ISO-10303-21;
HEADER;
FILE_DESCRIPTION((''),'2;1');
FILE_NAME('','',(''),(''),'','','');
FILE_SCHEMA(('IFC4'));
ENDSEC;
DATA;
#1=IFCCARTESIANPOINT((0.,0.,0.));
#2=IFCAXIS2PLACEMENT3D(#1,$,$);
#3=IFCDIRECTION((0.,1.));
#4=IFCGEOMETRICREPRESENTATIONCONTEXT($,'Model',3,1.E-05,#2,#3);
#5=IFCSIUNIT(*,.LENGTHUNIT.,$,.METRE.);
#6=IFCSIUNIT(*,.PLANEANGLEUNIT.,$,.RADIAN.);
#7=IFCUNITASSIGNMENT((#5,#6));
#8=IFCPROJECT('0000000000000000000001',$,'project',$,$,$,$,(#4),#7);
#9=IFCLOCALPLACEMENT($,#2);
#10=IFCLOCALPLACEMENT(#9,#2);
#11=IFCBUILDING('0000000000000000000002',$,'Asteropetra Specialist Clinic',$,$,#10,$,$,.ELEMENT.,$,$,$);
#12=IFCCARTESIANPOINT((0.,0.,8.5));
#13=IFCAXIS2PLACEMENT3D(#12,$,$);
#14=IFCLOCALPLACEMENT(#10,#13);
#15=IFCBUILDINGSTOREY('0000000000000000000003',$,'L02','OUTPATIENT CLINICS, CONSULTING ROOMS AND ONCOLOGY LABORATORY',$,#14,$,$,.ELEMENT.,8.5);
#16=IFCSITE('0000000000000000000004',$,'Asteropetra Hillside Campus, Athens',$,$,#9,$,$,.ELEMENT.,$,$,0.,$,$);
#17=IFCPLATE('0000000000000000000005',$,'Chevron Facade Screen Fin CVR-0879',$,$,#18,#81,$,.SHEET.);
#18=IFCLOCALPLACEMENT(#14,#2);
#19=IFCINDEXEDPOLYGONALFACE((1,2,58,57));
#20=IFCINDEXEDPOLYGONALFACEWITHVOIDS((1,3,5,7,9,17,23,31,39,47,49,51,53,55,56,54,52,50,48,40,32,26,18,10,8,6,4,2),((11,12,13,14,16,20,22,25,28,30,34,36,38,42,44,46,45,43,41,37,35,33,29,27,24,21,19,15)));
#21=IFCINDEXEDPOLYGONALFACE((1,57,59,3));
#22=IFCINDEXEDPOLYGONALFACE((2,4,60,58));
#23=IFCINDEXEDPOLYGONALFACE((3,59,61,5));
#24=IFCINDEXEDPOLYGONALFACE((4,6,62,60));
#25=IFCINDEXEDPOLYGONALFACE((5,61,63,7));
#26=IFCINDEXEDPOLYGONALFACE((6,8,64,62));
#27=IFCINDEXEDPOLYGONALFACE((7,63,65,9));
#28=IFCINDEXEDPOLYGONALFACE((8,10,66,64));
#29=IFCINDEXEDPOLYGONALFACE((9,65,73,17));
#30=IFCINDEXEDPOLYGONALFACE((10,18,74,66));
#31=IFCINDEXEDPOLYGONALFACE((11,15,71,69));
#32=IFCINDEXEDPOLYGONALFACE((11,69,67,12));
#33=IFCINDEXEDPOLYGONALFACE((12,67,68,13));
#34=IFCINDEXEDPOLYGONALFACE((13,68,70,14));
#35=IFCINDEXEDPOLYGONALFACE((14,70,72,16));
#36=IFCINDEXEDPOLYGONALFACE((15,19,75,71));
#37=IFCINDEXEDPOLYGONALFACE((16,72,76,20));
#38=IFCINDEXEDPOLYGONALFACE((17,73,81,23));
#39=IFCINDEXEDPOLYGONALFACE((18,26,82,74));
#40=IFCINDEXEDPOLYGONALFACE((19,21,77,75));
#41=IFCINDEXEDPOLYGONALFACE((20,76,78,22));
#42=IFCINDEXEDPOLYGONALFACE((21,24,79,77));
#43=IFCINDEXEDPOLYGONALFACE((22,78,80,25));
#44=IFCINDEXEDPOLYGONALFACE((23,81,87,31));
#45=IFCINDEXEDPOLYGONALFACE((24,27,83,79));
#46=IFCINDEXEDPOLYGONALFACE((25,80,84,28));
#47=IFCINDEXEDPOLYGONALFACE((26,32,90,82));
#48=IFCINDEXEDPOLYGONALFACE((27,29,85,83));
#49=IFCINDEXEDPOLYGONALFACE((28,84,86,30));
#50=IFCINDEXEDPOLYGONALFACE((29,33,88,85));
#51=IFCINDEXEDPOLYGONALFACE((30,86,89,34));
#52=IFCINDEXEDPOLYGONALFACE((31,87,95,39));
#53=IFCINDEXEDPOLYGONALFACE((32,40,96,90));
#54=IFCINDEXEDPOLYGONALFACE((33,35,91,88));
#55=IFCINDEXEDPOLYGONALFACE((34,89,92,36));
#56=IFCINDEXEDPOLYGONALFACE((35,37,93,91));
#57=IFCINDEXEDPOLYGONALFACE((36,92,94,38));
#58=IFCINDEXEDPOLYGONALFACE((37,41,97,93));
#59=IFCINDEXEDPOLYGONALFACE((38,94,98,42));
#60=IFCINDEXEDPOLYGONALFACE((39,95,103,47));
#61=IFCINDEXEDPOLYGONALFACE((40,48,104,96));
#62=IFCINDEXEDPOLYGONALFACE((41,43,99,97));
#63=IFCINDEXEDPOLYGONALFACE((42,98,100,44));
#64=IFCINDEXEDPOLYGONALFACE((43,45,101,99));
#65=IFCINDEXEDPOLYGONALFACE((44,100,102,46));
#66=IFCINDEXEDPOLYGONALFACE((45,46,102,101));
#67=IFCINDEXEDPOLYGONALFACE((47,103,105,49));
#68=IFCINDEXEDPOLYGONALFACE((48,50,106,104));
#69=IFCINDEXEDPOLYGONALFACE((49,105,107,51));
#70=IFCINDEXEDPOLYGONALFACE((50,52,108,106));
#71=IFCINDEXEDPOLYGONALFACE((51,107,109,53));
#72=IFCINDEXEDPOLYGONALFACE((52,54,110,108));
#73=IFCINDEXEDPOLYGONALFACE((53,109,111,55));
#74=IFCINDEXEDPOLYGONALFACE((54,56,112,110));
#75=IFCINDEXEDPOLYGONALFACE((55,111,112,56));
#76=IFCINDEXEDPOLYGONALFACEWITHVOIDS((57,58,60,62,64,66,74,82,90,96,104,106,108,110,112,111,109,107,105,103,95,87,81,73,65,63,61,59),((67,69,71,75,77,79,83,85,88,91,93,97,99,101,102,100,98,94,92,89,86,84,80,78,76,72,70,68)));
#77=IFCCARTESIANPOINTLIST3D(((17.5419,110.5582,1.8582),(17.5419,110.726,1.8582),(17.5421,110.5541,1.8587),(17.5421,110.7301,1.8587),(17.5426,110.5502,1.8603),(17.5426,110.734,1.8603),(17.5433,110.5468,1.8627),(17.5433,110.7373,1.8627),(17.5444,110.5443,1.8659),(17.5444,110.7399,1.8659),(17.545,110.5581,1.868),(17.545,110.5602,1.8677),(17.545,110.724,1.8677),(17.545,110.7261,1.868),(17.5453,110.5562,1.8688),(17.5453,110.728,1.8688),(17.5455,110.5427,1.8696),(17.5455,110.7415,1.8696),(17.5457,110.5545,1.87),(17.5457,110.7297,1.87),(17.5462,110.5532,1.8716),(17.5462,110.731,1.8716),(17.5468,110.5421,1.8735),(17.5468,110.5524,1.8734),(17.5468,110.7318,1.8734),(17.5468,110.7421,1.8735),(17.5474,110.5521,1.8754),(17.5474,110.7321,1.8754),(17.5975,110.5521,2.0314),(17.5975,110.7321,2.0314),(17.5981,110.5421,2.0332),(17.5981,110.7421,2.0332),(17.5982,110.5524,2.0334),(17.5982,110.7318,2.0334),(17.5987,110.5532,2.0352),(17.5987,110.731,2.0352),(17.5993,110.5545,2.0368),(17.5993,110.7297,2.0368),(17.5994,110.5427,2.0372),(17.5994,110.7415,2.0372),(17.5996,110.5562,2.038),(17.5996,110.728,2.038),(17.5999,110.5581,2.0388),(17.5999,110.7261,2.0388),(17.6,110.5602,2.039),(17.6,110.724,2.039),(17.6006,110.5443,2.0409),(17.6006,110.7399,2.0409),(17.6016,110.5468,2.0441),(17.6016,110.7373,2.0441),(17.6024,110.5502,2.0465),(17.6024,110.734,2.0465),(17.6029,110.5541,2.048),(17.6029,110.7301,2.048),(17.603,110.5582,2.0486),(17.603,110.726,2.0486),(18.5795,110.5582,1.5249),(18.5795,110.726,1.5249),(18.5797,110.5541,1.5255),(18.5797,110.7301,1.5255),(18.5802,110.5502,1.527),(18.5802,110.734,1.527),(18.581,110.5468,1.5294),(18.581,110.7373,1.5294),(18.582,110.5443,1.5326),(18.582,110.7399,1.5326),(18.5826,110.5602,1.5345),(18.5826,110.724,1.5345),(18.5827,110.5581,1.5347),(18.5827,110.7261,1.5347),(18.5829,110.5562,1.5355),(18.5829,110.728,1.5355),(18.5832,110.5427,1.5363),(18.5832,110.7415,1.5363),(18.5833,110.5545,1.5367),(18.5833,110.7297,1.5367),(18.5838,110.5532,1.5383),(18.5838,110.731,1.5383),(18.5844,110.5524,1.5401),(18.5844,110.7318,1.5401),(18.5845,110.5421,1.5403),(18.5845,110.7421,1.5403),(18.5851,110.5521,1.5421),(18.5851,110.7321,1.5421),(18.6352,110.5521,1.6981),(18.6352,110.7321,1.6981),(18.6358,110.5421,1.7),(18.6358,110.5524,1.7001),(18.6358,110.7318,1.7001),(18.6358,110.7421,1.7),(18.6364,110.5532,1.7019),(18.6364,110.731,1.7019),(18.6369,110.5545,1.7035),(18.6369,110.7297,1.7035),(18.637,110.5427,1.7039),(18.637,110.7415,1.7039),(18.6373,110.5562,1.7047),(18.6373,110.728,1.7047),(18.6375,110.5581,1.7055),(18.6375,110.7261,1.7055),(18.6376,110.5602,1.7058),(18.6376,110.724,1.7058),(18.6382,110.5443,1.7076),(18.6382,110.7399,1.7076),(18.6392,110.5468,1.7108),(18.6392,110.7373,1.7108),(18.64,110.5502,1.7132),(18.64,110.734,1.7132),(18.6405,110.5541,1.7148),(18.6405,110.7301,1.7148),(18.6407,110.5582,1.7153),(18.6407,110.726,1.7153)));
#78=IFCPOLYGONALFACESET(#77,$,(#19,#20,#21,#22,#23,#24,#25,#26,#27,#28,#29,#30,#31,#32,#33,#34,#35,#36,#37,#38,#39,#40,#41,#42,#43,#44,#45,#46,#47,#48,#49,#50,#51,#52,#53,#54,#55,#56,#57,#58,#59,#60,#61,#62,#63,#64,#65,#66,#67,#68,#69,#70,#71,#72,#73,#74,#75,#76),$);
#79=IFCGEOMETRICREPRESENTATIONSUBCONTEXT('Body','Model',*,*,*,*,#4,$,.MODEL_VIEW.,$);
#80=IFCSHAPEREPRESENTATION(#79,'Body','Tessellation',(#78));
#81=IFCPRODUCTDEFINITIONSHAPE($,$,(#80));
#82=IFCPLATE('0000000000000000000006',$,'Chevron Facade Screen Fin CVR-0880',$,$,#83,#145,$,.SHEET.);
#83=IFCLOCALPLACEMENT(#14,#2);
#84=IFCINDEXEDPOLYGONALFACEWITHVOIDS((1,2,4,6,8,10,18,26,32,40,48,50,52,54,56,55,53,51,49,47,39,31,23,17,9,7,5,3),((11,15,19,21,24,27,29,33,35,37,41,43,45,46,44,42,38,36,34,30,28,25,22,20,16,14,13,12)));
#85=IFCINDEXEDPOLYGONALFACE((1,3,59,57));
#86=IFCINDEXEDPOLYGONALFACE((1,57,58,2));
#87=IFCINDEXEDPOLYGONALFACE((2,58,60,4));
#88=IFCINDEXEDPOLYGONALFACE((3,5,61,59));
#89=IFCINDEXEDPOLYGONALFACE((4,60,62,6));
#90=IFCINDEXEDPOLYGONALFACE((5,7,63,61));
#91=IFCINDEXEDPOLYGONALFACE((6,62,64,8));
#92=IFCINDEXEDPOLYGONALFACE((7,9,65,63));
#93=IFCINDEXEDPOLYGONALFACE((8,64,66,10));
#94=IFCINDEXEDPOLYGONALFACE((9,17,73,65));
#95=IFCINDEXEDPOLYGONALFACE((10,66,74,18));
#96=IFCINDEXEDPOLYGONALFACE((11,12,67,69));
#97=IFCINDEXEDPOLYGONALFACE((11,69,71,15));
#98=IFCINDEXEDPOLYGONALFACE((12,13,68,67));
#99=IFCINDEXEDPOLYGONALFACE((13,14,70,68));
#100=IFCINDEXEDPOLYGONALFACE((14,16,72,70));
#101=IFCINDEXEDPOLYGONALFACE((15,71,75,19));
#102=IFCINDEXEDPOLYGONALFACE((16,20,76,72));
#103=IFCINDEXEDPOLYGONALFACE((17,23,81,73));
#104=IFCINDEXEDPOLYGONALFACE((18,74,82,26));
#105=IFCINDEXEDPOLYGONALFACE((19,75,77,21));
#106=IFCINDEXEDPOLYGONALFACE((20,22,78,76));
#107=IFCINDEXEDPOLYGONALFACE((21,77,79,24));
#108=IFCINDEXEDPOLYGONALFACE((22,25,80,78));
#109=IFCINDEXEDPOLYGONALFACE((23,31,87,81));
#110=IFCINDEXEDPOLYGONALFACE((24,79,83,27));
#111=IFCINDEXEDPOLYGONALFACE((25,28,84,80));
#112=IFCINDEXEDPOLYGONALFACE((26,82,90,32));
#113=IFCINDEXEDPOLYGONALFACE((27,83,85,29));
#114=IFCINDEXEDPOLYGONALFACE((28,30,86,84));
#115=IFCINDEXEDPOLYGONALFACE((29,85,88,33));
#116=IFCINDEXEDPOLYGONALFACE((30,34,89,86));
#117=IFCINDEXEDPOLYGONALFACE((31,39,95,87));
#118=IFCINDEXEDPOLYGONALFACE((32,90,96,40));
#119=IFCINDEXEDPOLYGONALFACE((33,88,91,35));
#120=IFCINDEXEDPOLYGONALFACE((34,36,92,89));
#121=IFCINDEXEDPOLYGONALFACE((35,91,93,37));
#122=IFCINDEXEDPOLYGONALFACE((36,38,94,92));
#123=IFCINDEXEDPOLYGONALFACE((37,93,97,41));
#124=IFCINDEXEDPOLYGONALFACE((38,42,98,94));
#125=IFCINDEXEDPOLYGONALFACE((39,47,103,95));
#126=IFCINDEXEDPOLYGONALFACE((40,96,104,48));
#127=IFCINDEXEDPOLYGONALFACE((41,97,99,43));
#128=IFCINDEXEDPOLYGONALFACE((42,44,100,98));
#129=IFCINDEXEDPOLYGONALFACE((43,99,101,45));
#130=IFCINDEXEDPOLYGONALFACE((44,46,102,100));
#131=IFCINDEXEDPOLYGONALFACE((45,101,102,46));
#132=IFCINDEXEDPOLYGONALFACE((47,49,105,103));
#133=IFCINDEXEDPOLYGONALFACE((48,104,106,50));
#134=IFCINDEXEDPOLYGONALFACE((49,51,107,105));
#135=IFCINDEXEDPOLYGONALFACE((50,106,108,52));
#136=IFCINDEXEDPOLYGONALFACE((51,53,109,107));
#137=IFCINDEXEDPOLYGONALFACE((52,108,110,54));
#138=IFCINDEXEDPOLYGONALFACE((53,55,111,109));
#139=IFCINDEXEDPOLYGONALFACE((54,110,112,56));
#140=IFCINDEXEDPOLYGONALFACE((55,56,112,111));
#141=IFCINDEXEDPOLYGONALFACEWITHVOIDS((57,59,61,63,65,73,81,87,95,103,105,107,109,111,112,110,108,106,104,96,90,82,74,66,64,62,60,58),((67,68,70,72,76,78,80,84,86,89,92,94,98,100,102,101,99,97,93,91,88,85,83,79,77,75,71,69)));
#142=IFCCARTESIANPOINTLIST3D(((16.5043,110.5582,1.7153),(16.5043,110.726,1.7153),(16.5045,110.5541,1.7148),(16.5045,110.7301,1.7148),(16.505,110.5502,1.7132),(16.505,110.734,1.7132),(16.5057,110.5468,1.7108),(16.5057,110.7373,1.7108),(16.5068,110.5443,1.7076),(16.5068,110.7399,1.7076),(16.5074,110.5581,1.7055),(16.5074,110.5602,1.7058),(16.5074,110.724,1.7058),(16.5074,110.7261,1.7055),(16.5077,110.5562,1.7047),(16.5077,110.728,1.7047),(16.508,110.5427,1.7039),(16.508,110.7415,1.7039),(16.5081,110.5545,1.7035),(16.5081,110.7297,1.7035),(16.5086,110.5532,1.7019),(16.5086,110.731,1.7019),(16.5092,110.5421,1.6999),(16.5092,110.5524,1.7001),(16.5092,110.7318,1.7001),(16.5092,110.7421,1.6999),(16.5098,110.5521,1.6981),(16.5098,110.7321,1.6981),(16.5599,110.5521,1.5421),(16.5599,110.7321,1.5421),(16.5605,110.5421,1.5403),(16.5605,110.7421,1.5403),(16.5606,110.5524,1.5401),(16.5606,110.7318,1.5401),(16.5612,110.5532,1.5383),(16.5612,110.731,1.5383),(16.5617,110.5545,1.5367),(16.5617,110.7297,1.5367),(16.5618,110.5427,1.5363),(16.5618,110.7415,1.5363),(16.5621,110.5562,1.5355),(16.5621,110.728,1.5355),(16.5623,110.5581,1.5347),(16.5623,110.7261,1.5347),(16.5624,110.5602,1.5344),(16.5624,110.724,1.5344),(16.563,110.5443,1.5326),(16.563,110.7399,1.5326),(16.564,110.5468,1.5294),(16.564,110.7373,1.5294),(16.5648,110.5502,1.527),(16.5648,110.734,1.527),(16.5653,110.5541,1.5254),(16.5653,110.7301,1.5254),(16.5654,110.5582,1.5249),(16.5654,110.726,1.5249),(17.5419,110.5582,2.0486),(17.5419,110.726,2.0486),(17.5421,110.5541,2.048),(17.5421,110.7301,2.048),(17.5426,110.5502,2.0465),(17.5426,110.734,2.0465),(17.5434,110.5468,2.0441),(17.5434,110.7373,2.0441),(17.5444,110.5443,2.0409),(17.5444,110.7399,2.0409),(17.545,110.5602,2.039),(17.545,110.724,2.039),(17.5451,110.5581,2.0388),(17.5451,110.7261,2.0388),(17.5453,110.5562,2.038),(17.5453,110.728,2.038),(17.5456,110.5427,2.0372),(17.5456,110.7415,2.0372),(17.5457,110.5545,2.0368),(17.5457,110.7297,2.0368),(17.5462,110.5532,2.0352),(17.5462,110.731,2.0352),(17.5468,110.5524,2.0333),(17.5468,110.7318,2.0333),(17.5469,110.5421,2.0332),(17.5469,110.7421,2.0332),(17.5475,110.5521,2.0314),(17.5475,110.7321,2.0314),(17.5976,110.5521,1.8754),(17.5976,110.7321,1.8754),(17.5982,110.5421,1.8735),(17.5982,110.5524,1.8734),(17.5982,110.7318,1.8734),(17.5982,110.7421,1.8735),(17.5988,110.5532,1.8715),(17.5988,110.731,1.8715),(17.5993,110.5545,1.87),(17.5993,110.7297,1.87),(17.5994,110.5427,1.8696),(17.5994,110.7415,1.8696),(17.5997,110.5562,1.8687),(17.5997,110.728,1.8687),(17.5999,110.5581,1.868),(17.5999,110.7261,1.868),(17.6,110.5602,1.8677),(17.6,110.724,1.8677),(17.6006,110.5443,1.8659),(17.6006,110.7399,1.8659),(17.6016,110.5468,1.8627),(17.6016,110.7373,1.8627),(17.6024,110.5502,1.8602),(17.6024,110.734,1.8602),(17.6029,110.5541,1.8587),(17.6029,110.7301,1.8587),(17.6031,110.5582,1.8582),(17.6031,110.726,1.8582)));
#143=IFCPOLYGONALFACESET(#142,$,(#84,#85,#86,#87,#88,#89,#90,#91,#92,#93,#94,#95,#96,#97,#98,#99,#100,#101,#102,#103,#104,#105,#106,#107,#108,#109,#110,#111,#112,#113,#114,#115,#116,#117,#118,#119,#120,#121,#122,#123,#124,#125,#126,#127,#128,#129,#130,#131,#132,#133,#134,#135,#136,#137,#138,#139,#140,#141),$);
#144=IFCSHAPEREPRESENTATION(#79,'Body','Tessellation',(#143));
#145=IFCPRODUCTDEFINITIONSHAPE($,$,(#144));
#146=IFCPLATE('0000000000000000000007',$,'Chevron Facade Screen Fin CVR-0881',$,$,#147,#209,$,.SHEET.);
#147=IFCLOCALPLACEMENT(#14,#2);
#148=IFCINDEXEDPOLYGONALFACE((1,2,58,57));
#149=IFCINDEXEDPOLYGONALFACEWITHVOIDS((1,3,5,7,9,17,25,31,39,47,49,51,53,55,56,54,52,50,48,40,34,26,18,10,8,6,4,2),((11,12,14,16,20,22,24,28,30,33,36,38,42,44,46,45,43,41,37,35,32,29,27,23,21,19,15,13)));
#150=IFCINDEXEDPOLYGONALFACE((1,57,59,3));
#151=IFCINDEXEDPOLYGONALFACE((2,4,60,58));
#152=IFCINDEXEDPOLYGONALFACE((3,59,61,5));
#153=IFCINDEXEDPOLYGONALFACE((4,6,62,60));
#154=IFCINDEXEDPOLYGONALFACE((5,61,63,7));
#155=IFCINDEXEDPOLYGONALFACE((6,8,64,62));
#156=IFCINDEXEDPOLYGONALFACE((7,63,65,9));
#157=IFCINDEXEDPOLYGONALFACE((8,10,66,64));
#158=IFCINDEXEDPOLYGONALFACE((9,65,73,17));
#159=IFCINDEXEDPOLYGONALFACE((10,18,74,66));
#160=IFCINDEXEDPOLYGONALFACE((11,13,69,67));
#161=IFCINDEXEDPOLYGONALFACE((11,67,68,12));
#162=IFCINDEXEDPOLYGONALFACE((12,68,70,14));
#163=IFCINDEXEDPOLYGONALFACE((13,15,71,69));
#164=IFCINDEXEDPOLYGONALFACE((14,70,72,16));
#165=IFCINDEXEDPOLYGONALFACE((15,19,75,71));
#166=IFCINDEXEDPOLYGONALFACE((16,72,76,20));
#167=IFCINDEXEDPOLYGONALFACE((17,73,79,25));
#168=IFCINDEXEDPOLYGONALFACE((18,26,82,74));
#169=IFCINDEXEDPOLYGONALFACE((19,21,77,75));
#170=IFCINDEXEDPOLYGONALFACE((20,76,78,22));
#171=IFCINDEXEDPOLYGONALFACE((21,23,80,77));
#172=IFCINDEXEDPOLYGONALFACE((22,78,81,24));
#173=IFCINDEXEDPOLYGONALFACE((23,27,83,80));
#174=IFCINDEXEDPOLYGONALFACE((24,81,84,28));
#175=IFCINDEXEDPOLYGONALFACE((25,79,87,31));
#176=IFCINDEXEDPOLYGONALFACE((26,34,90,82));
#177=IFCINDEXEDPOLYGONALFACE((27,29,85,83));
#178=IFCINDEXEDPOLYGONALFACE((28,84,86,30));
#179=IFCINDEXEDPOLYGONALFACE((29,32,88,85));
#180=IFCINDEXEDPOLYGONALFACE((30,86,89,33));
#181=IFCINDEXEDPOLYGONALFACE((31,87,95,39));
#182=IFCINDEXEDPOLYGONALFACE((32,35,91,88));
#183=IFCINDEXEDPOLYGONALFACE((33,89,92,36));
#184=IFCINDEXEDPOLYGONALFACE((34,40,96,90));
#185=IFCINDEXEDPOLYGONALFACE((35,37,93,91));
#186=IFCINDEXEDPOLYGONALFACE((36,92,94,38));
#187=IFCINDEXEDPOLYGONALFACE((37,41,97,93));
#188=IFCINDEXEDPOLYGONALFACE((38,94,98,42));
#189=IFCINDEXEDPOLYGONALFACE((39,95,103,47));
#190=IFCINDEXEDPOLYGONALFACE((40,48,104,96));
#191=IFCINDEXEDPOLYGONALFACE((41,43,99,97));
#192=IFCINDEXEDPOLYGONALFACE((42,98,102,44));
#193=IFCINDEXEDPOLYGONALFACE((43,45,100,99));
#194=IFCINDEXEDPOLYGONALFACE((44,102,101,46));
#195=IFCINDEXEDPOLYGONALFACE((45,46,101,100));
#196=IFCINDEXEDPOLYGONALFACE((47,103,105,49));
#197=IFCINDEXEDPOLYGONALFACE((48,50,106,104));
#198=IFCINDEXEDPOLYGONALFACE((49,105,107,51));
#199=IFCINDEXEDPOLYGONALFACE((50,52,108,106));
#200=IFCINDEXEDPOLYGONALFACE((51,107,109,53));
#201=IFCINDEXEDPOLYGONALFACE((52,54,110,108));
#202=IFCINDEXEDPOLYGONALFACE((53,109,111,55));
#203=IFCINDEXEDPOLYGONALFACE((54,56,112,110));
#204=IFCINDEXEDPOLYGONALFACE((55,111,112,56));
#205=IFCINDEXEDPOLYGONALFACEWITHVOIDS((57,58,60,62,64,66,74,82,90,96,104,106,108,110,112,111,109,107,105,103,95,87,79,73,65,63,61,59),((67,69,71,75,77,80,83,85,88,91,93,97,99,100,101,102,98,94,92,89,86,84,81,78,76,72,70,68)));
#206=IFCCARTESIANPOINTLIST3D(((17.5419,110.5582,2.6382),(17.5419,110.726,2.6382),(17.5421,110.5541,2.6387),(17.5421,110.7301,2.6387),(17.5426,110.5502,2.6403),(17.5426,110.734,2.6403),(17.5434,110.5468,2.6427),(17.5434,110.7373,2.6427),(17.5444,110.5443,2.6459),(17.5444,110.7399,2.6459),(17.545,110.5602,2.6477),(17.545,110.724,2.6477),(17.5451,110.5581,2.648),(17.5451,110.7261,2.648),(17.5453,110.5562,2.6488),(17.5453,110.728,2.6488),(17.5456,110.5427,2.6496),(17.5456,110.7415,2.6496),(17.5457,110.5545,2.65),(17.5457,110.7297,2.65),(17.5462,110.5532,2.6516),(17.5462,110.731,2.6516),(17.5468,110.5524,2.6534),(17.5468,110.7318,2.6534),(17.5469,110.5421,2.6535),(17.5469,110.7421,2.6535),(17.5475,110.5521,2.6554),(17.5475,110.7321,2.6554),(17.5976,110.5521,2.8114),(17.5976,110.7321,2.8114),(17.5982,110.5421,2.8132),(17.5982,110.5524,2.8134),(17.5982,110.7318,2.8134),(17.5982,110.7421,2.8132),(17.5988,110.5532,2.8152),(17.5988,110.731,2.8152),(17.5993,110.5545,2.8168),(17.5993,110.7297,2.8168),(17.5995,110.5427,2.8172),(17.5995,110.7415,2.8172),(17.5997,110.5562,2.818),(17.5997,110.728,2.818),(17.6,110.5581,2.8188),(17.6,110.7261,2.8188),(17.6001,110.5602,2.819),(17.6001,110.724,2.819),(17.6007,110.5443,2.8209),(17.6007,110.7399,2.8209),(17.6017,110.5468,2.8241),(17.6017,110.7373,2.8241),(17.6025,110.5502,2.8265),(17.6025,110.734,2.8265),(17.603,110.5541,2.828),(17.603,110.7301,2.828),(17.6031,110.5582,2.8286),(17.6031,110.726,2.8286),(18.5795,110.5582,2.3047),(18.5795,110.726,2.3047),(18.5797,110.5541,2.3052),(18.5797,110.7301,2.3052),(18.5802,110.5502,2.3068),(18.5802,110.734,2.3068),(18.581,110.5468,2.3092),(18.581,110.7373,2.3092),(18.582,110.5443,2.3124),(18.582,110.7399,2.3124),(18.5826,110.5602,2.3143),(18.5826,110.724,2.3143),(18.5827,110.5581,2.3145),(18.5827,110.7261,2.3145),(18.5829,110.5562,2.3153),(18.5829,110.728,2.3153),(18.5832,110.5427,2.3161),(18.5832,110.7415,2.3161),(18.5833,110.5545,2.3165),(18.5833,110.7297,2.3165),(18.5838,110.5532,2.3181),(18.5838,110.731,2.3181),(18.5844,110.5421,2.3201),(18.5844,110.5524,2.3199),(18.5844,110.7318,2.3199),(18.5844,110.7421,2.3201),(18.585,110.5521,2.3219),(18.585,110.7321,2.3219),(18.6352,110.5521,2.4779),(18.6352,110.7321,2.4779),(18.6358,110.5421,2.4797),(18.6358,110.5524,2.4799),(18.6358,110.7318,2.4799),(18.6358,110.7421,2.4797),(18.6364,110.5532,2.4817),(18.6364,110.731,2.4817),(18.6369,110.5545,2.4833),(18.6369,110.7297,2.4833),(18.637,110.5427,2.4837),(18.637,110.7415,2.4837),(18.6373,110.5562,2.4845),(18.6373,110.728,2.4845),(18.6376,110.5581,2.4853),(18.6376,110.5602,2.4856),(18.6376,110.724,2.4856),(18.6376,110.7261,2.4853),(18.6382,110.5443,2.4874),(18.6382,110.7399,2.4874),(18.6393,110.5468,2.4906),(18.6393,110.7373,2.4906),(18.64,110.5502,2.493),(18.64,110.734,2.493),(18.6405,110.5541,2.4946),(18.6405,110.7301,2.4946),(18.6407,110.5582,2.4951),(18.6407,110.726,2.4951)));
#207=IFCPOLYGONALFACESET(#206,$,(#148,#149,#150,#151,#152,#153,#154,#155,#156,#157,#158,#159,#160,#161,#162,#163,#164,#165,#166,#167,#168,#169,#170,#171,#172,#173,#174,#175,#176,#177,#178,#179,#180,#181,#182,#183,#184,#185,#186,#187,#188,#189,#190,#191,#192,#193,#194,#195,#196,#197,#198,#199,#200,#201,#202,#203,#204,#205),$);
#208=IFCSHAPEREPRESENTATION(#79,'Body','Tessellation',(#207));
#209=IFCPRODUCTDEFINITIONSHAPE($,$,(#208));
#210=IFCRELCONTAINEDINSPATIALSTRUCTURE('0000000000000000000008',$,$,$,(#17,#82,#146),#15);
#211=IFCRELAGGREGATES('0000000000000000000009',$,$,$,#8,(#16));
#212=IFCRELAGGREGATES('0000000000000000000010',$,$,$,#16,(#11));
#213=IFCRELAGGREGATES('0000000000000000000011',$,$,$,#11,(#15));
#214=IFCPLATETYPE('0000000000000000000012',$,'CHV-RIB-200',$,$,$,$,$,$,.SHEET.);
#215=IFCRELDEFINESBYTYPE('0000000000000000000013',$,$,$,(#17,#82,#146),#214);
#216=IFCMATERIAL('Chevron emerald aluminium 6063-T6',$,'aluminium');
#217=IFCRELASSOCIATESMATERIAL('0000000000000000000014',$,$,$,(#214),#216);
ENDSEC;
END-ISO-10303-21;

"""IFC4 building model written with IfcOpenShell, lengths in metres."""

from ifc_helpers import new_model, si_unit, direction, frame, origin, origin_2d, place, context, subcontext, project, spatial, hollow_rectangle, extrude, material, material_profile, profile_set, type_object, element, save


model = new_model("IFC4")

# Units and contexts
model_context = context("Model", 3, precision=1e-05, world=origin(), true_north=direction((0.0, 1.0)))
body_context = subcontext(model_context, "Body", "Model", "MODEL_VIEW")
ifc_project = project(units=[si_unit("LENGTHUNIT", "METRE"), si_unit("PLANEANGLEUNIT", "RADIAN")], contexts=[model_context])

# Site, building, storey
site_placement = place(None, origin())
site = spatial("IfcSite", under=ifc_project, at=site_placement, Name="Asteropetra Hillside Campus, Athens", CompositionType="ELEMENT", RefElevation=0.0)
building_placement = place(site_placement, origin())
building = spatial("IfcBuilding", under=site, at=building_placement, Name="Asteropetra Specialist Clinic", CompositionType="ELEMENT")
storey_placement = place(building_placement, frame((0.0, 0.0, 8.5)))
storey = spatial("IfcBuildingStorey", under=building, at=storey_placement, Name="L02", Description="OUTPATIENT CLINICS, CONSULTING ROOMS AND ONCOLOGY LABORATORY", CompositionType="ELEMENT", Elevation=8.5)

# Plates
ifc_material = material(Name="Chevron emerald aluminium 6063-T6", Category="aluminium")
ifc_material_profile = material_profile(ifc_material, hollow_rectangle(XDim=0.2, YDim=0.2, WallThickness=0.01, InnerFilletRadius=0.0081, OuterFilletRadius=0.0161, at=origin_2d()), Name="SHS 200x200x10.0")
ifc_profile_set = profile_set([ifc_material_profile], Name="Chevron emerald aluminium 6063-T6")
plate_type = type_object("IfcPlateType", Name="CHV-RIB-200", PredefinedType="SHEET", material=ifc_profile_set)
for number, where, z_axis, x_axis, name in (
    (1, (18.6101, 110.6421, 1.6201), (-0.952098, 0.0, 0.305792), (0.0, -1.0, 0.0), "Chevron Facade Screen Fin CVR-0879"),
    (2, (17.5725, 110.6421, 1.9534), (-0.952098, 0.0, -0.305792), (0.0, -1.0, 0.0), "Chevron Facade Screen Fin CVR-0880"),
    (3, (18.6101, 110.6421, 2.3999), (-0.952033, 0.0, 0.305995), (0.0, -1.0, 0.0), "Chevron Facade Screen Fin CVR-0881"),
):
    element("IfcPlate", number, at=place(storey_placement, frame(where, z_axis=z_axis, x_axis=x_axis)), inside=storey, type_object=plate_type, Name=name, PredefinedType="SHEET", context=body_context, shape_type="SweptSolid", body=[
        extrude(hollow_rectangle(XDim=0.2, YDim=0.2, WallThickness=0.01, InnerFilletRadius=0.0081, OuterFilletRadius=0.0161, at=origin_2d()), origin(), (0.0, 0.0, 1.0), 1.0898),
    ])

save(model, "model.ifc")
